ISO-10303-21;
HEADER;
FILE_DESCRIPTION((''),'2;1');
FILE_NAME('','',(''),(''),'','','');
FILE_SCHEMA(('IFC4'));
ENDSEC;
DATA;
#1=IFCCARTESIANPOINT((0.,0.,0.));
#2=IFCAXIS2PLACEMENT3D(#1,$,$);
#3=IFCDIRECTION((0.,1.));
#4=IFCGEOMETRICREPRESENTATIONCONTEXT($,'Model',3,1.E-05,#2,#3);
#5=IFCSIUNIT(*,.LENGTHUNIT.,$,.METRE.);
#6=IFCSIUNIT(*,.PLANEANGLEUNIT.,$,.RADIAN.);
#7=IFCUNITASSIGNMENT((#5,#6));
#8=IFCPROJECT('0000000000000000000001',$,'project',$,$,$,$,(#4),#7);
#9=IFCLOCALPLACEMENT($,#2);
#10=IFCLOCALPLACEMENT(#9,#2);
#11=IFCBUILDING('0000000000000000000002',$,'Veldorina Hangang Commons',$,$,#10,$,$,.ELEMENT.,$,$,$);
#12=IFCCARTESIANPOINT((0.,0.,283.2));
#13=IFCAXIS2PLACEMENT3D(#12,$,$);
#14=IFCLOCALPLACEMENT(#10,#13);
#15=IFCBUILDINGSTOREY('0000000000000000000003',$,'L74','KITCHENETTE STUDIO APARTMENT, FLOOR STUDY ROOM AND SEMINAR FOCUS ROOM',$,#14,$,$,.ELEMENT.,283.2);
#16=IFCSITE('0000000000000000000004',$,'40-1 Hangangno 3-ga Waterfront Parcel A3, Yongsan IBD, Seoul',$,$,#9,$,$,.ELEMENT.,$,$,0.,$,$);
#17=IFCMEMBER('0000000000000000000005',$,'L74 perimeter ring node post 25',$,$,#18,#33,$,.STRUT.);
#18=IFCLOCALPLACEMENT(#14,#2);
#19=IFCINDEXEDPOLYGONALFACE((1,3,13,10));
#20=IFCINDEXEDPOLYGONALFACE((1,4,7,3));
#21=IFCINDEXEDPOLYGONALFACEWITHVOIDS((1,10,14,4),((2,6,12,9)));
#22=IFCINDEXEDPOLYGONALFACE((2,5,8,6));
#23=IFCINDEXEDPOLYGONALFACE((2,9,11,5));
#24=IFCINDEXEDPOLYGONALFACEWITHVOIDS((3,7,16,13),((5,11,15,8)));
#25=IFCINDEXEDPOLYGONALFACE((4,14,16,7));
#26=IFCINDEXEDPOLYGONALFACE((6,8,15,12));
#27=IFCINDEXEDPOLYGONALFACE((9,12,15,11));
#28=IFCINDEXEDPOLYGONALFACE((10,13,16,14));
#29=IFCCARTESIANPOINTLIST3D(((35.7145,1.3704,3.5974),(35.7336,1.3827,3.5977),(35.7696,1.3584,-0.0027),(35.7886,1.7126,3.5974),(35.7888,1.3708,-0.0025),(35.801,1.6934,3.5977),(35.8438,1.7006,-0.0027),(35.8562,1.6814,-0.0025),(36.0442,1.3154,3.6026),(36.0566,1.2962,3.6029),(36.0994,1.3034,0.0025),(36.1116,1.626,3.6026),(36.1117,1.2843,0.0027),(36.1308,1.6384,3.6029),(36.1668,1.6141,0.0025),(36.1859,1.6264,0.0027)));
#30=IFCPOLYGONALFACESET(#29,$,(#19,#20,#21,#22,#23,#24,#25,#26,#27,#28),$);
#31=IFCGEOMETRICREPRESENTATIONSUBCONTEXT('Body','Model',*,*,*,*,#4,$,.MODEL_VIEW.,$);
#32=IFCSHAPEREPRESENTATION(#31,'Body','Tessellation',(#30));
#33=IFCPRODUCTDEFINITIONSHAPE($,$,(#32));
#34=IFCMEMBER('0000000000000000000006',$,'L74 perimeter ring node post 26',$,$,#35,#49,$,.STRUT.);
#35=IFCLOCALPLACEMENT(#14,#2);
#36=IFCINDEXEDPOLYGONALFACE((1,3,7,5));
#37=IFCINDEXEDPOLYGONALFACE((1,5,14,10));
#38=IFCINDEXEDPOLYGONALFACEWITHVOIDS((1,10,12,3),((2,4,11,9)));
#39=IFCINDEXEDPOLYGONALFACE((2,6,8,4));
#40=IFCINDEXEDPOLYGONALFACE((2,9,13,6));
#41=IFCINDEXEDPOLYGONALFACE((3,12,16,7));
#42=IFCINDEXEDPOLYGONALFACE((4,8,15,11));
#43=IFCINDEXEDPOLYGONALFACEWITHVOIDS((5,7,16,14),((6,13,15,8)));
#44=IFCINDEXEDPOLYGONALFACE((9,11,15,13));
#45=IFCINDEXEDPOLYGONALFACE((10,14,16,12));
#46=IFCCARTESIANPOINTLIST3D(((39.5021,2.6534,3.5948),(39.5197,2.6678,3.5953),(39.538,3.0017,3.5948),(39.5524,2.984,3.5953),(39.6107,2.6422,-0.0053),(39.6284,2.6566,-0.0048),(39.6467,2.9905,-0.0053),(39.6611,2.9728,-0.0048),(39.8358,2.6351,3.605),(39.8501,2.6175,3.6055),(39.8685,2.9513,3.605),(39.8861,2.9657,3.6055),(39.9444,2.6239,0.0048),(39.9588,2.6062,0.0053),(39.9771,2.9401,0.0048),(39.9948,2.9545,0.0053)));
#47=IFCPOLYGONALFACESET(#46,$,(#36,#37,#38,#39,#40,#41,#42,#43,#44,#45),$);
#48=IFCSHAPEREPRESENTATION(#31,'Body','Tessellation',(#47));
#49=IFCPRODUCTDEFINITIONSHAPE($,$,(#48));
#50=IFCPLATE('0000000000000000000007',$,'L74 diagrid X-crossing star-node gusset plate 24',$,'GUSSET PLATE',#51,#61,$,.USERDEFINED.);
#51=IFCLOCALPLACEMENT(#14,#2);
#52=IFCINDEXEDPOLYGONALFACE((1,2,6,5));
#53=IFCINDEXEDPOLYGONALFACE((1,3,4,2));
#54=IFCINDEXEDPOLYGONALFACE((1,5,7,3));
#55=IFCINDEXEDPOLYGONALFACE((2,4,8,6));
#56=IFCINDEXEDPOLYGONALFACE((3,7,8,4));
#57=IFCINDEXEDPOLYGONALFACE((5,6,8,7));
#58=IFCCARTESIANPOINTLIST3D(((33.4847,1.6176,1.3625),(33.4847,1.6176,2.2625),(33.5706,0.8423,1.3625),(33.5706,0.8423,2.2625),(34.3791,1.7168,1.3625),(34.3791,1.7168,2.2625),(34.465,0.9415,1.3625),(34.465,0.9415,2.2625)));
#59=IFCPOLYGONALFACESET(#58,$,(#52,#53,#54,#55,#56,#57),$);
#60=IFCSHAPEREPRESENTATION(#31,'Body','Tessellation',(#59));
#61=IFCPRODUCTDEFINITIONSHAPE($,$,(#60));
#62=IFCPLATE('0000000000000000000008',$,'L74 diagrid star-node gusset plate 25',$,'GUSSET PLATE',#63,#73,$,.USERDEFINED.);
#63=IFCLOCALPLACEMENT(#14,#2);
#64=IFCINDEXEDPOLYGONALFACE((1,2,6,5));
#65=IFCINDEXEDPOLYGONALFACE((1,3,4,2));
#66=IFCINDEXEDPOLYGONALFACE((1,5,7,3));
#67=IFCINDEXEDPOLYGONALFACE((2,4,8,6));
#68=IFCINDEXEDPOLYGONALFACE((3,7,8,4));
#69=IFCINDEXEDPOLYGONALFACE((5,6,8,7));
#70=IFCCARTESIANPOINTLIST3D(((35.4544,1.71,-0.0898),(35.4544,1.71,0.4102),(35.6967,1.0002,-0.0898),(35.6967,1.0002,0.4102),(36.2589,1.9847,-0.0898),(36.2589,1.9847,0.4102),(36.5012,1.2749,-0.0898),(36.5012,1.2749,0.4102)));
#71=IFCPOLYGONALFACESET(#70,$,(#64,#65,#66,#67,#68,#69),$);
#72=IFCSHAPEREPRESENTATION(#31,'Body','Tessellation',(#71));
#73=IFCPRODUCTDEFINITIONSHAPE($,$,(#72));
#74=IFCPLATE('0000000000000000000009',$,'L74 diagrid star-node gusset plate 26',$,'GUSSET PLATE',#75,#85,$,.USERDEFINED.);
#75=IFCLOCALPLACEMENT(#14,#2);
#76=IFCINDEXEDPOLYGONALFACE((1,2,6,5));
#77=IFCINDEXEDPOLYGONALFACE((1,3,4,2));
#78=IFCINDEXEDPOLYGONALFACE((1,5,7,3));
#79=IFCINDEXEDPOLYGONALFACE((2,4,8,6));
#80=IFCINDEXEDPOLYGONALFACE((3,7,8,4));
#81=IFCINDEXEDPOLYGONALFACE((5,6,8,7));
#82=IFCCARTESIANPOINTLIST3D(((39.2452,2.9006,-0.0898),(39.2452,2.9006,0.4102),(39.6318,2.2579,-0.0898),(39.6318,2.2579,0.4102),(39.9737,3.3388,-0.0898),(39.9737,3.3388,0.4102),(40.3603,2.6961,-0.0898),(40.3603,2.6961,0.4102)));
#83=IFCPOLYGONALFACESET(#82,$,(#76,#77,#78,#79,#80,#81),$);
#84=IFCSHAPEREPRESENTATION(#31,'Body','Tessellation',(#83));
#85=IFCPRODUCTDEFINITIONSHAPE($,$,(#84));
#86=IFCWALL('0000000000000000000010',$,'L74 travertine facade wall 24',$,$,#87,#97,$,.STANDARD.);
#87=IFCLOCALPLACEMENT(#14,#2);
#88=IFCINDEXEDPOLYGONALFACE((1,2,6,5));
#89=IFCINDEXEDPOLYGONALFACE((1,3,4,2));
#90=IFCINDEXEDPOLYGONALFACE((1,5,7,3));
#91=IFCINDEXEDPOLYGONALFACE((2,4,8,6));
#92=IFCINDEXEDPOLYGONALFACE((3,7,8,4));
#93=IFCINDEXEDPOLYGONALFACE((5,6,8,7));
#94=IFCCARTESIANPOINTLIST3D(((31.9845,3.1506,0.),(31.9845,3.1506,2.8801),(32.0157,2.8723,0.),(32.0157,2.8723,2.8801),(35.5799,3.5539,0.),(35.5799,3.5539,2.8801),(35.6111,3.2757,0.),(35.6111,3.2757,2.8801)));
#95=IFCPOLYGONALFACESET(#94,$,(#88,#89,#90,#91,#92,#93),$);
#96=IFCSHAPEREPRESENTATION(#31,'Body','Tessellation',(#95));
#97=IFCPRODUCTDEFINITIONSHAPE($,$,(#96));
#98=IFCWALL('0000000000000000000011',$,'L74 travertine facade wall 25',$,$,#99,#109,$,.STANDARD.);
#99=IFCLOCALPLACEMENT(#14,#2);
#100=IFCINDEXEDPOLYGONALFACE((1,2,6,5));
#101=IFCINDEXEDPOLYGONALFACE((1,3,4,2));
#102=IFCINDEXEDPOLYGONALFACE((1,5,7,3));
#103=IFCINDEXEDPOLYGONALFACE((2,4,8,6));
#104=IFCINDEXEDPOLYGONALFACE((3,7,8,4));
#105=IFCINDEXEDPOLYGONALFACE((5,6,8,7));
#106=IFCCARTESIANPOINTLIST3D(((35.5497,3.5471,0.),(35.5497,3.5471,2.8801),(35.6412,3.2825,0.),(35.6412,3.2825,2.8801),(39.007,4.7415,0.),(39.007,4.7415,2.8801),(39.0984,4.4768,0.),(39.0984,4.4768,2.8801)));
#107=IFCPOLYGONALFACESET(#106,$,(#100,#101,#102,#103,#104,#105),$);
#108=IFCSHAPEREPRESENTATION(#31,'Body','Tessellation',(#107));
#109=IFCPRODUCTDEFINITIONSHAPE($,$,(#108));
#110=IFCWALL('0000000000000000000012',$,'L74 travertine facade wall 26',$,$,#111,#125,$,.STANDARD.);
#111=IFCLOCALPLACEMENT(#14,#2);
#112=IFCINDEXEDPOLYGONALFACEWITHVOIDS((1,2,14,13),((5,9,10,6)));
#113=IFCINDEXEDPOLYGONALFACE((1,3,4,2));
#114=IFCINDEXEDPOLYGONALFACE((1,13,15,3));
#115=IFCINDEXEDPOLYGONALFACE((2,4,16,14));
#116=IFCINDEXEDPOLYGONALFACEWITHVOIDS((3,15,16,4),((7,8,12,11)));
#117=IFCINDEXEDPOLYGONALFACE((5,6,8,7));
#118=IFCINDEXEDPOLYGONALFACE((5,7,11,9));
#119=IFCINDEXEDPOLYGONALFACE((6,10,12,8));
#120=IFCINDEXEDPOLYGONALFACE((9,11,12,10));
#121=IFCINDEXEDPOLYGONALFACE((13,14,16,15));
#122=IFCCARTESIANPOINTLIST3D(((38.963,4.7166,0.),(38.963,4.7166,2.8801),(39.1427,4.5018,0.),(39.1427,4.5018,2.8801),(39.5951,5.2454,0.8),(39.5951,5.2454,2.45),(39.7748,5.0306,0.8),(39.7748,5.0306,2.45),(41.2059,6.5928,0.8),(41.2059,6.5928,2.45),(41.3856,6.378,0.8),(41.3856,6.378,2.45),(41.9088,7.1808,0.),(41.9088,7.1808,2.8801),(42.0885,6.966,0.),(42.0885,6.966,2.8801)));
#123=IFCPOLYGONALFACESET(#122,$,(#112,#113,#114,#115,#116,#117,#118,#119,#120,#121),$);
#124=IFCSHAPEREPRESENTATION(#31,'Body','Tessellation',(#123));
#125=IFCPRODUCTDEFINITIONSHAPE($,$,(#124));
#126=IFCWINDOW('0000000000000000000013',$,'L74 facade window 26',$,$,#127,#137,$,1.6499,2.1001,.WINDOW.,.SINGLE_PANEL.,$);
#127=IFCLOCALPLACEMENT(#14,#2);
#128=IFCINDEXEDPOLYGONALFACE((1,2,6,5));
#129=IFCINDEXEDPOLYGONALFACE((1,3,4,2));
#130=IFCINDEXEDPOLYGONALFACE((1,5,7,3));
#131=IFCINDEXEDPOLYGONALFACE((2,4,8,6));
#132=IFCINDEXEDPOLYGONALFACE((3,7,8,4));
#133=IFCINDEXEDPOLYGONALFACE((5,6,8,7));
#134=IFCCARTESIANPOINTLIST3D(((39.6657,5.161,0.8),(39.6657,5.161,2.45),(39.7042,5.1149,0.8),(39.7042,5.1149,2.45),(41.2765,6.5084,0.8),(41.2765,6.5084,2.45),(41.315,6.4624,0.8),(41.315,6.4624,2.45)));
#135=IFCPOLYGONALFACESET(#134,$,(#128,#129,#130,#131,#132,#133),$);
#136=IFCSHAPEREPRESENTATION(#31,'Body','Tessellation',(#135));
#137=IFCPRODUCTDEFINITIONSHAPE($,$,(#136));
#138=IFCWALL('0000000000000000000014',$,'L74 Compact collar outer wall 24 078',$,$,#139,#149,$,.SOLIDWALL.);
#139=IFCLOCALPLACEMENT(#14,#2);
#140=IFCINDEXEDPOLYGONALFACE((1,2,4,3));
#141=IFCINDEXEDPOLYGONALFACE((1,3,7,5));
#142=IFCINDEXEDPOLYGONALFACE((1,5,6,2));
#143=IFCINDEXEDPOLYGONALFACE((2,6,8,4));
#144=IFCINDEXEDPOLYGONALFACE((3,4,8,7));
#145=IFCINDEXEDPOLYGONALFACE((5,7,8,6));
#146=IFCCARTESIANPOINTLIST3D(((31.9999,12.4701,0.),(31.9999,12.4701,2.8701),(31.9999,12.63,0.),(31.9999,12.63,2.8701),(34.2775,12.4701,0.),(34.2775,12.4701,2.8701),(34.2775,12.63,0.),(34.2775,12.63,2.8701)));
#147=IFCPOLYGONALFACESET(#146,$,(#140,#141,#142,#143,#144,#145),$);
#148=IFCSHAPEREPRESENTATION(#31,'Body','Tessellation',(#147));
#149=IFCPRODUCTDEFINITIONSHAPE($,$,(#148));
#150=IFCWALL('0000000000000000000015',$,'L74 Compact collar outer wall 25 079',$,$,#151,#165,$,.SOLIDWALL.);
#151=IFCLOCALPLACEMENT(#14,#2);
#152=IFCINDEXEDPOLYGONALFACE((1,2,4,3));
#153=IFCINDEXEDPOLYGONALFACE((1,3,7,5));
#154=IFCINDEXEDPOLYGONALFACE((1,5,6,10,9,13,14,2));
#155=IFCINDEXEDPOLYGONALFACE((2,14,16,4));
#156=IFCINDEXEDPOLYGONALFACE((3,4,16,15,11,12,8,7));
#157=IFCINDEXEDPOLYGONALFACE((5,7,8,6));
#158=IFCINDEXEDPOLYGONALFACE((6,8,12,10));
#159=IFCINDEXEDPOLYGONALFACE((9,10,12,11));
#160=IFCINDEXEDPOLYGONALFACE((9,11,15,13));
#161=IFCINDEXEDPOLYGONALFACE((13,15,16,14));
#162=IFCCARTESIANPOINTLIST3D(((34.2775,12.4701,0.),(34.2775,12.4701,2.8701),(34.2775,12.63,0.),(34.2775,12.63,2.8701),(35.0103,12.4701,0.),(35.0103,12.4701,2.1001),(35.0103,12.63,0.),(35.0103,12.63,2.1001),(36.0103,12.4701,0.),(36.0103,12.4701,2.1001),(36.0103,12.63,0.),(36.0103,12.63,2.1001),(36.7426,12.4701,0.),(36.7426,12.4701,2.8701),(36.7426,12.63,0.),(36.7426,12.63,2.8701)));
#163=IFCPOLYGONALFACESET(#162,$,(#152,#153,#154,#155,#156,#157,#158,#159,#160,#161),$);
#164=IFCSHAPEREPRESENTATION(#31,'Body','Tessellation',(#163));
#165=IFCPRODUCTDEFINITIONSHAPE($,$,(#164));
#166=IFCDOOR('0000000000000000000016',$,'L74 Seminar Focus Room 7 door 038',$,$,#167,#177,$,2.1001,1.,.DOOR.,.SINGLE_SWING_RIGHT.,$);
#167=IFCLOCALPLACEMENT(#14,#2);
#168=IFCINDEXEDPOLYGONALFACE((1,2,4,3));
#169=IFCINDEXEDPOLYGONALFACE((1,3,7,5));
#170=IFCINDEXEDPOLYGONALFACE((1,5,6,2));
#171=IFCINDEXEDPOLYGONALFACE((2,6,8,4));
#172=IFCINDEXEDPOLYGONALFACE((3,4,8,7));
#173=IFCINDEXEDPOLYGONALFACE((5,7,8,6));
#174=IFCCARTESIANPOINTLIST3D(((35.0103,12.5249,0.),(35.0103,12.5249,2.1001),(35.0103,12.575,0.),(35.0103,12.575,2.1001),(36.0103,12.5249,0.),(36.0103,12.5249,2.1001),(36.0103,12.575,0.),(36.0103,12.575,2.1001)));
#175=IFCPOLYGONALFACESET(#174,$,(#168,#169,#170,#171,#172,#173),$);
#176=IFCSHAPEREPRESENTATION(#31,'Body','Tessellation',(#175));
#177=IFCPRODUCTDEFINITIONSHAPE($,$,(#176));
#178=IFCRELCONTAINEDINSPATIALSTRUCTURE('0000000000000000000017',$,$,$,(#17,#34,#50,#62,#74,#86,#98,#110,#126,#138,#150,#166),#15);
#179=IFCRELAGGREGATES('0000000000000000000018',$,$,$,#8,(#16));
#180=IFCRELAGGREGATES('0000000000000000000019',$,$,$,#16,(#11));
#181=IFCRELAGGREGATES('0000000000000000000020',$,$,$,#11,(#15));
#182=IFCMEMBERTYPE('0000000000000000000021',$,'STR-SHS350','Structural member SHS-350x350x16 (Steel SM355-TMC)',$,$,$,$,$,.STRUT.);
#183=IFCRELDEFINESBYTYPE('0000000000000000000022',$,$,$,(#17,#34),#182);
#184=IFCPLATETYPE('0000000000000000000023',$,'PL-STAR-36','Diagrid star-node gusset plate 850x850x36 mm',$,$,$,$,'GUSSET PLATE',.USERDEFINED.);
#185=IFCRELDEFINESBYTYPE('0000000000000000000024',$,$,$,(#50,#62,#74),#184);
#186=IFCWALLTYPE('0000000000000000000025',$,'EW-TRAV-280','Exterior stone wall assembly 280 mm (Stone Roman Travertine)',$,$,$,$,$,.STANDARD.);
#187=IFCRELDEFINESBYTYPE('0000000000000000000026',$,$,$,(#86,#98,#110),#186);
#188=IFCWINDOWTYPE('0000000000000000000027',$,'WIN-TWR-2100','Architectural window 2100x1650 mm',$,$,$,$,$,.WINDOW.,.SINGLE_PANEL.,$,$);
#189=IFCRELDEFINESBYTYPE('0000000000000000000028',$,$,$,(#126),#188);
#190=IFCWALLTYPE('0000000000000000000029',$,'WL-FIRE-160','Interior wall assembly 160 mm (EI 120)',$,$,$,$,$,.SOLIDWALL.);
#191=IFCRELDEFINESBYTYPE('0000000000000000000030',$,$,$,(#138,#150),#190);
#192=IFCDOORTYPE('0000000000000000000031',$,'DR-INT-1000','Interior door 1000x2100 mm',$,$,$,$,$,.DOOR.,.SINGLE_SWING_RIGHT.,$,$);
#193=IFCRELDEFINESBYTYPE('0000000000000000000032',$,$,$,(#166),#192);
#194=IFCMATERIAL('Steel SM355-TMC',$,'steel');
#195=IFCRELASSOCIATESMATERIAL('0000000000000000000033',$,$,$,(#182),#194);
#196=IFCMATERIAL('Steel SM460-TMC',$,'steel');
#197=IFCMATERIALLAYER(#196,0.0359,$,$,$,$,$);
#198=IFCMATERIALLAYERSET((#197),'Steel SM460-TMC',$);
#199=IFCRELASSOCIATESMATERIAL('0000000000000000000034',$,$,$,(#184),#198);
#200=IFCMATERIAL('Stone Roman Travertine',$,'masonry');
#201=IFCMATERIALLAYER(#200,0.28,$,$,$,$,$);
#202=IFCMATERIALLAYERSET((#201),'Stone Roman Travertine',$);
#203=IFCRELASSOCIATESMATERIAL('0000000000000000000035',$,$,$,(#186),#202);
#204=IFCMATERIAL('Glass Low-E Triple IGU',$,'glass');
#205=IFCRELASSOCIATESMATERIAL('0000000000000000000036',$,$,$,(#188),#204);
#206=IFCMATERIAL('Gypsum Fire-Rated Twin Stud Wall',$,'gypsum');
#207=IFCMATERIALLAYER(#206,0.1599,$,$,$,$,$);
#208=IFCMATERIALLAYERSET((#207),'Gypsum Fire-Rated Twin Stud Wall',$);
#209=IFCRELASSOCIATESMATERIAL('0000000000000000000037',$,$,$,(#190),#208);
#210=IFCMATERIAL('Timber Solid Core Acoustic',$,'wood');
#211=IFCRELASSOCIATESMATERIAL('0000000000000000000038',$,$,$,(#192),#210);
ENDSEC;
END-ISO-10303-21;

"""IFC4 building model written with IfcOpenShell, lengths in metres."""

from ifc_helpers import new_model, si_unit, direction, frame, frame_2d, origin, origin_2d, place, context, subcontext, project, spatial, rectangle, hollow_rectangle, extrude, material, layer, layer_set, material_profile, profile_set, type_object, element, fill, save


model = new_model("IFC4")

# Units and contexts
model_context = context("Model", 3, precision=1e-05, world=origin(), true_north=direction((0.0, 1.0)))
body_context = subcontext(model_context, "Body", "Model", "MODEL_VIEW")
ifc_project = project(units=[si_unit("LENGTHUNIT", "METRE"), si_unit("PLANEANGLEUNIT", "RADIAN")], contexts=[model_context])

# Site, building, storey
site_placement = place(None, origin())
site = spatial("IfcSite", under=ifc_project, at=site_placement, Name="40-1 Hangangno 3-ga Waterfront Parcel A3, Yongsan IBD, Seoul", CompositionType="ELEMENT", RefElevation=0.0)
building_placement = place(site_placement, origin())
building = spatial("IfcBuilding", under=site, at=building_placement, Name="Veldorina Hangang Commons", CompositionType="ELEMENT")
storey_placement = place(building_placement, frame((0.0, 0.0, 283.2)))
storey = spatial("IfcBuildingStorey", under=building, at=storey_placement, Name="L74", Description="KITCHENETTE STUDIO APARTMENT, FLOOR STUDY ROOM AND SEMINAR FOCUS ROOM", CompositionType="ELEMENT", Elevation=283.2)

# Shared definitions
ifc_material_1 = material(Name="Steel SM355-TMC", Category="steel")

# Members
ifc_material_profile_1 = material_profile(ifc_material_1, hollow_rectangle(XDim=0.3501, YDim=0.3501, WallThickness=0.0161, at=origin_2d()), Name="SHS-350x350x16")
ifc_profile_set_1 = profile_set([ifc_material_profile_1], Name="Steel SM355-TMC")
member_type_1 = type_object("IfcMemberType", Name="STR-SHS350", Description="Structural member SHS-350x350x16 (Steel SM355-TMC)", PredefinedType="STRUT", material=ifc_profile_set_1)
member_1_placement = place(storey_placement, frame((35.9778, 1.4924, 0.0), z_axis=(-0.015324, 0.003323, 0.999877), x_axis=(-0.211891, -0.977293, 0.0)))
element("IfcMember", 1, at=member_1_placement, inside=storey, type_object=member_type_1, Name="L74 perimeter ring node post 25", PredefinedType="STRUT", context=body_context, shape_type="SweptSolid", body=[
    extrude(hollow_rectangle(XDim=0.3501, YDim=0.3501, WallThickness=0.0161, at=origin_2d()), origin(), (0.0, 0.0, 1.0), 3.6006),
])
member_2_placement = place(storey_placement, frame((39.8027, 2.7983, 0.0), z_axis=(-0.030164, 0.003118, 0.99954), x_axis=(-0.102823, -0.9947, 0.0)))
element("IfcMember", 2, at=member_2_placement, inside=storey, type_object=member_type_1, Name="L74 perimeter ring node post 26", PredefinedType="STRUT", context=body_context, shape_type="SweptSolid", body=[
    extrude(hollow_rectangle(XDim=0.3501, YDim=0.3501, WallThickness=0.0161, at=origin_2d()), origin(), (0.0, 0.0, 1.0), 3.6018),
])

# Plates
ifc_material_2 = material(Name="Steel SM460-TMC", Category="steel")
ifc_layer_1 = layer(ifc_material_2, 0.0359)
ifc_layer_set_1 = layer_set([ifc_layer_1], Name="Steel SM460-TMC")
plate_type = type_object("IfcPlateType", Name="PL-STAR-36", Description="Diagrid star-node gusset plate 850x850x36 mm", ElementType="GUSSET PLATE", PredefinedType="USERDEFINED", material=ifc_layer_set_1)
plate_placement = place(storey_placement, frame((33.9749, 1.2795, 1.3625), z_axis=(0.0, 0.0, 1.0), x_axis=(0.993913, 0.110168, 0.0)))
element("IfcPlate", 3, at=plate_placement, inside=storey, type_object=plate_type, Name="L74 diagrid X-crossing star-node gusset plate 24", ObjectType="GUSSET PLATE", PredefinedType="USERDEFINED", context=body_context, shape_type="SweptSolid", body=[
    extrude(rectangle(XDim=0.8999, YDim=0.78, at=origin_2d()), origin(), (0.0, 0.0, 1.0), 0.8999),
])
for number, where, z_axis, x_axis, name in (
    (4, (35.9778, 1.4924, -0.0898), (0.0, 0.0, 1.0), (0.946356, 0.323125, 0.0), "L74 diagrid star-node gusset plate 25"),
    (5, (39.8027, 2.7983, -0.0898), (0.0, 0.0, 1.0), (0.856898, 0.515487, 0.0), "L74 diagrid star-node gusset plate 26"),
):
    element("IfcPlate", number, at=place(storey_placement, frame(where, z_axis=z_axis, x_axis=x_axis)), inside=storey, type_object=plate_type, Name=name, ObjectType="GUSSET PLATE", PredefinedType="USERDEFINED", context=body_context, shape_type="SweptSolid", body=[
        extrude(rectangle(XDim=0.8501, YDim=0.75, at=origin_2d()), origin(), (0.0, 0.0, 1.0), 0.5),
    ])

# Walls
ifc_material_3 = material(Name="Stone Roman Travertine", Category="masonry")
ifc_layer_2 = layer(ifc_material_3, 0.28)
ifc_layer_set_2 = layer_set([ifc_layer_2], Name="Stone Roman Travertine")
wall_type_1 = type_object("IfcWallType", Name="EW-TRAV-280", Description="Exterior stone wall assembly 280 mm (Stone Roman Travertine)", PredefinedType="STANDARD", material=ifc_layer_set_2)
wall_1_placement = place(storey_placement, frame((32.0, 3.0115, 0.0), z_axis=(0.0, 0.0, 1.0), x_axis=(0.993767, 0.111476, 0.0)))
element("IfcWall", 6, at=wall_1_placement, inside=storey, type_object=wall_type_1, Name="L74 travertine facade wall 24", PredefinedType="STANDARD", context=body_context, shape_type="SweptSolid", body=[
    extrude(rectangle(XDim=3.6179, YDim=0.28, at=frame_2d((1.8091, 0.0))), origin(), (0.0, 0.0, 1.0), 2.8801),
])
wall_2_placement = place(storey_placement, frame((35.5955, 3.4148, 0.0), z_axis=(0.0, 0.0, 1.0), x_axis=(0.94519, 0.326521, 0.0)))
element("IfcWall", 7, at=wall_2_placement, inside=storey, type_object=wall_type_1, Name="L74 travertine facade wall 25", PredefinedType="STANDARD", context=body_context, shape_type="SweptSolid", body=[
    extrude(rectangle(XDim=3.6577, YDim=0.28, at=frame_2d((1.8289, 0.0))), origin(), (0.0, 0.0, 1.0), 2.8801),
])

# Wall, opening, window
wall_3_placement = place(storey_placement, frame((39.0527, 4.6091, 0.0), z_axis=(0.0, 0.0, 1.0), x_axis=(0.767032, 0.641609, 0.0)))
wall_3 = element("IfcWall", 8, at=wall_3_placement, inside=storey, type_object=wall_type_1, Name="L74 travertine facade wall 26", PredefinedType="STANDARD", context=body_context, shape_type="SweptSolid", body=[
    extrude(rectangle(XDim=3.8406, YDim=0.28, at=frame_2d((1.9204, 0.0))), origin(), (0.0, 0.0, 1.0), 2.8801),
])
opening_1_placement = place(wall_3_placement, frame((0.8242, 0.0, 0.8)))
opening_1 = element("IfcOpeningElement", 9, at=opening_1_placement, cuts=wall_3, PredefinedType="OPENING", context=body_context, shape_type="SweptSolid", body=[
    extrude(rectangle(XDim=2.1001, YDim=1.6499, at=frame_2d((1.05, 0.825))), frame((0.0, 0.1499, 0.0), z_axis=(0.0, -1.0, 0.0), x_axis=(1.0, 0.0, 0.0)), (0.0, 0.0, 1.0), 0.3),
])
ifc_material_4 = material(Name="Glass Low-E Triple IGU", Category="glass")
window_type = type_object("IfcWindowType", Name="WIN-TWR-2100", Description="Architectural window 2100x1650 mm", PartitioningType="SINGLE_PANEL", PredefinedType="WINDOW", material=ifc_material_4)
window_placement = place(opening_1_placement, origin())
window = element("IfcWindow", 10, at=window_placement, inside=storey, type_object=window_type, Name="L74 facade window 26", OverallHeight=1.6499, OverallWidth=2.1001, PartitioningType="SINGLE_PANEL", PredefinedType="WINDOW", context=body_context, shape_type="SweptSolid", body=[
    extrude(rectangle(XDim=2.1001, YDim=1.6499, at=frame_2d((1.05, 0.825))), frame((0.0, 0.03, 0.0), z_axis=(0.0, -1.0, 0.0), x_axis=(1.0, 0.0, 0.0)), (0.0, 0.0, 1.0), 0.0601),
])
fill(opening_1, window)

# Wall
ifc_material_5 = material(Name="Gypsum Fire-Rated Twin Stud Wall", Category="gypsum")
ifc_layer_3 = layer(ifc_material_5, 0.1599)
ifc_layer_set_3 = layer_set([ifc_layer_3], Name="Gypsum Fire-Rated Twin Stud Wall")
wall_type_2 = type_object("IfcWallType", Name="WL-FIRE-160", Description="Interior wall assembly 160 mm (EI 120)", PredefinedType="SOLIDWALL", material=ifc_layer_set_3)
wall_4_placement = place(storey_placement, frame((32.0, 12.55, 0.0), z_axis=(0.0, 0.0, 1.0), x_axis=(1.0, 0.0, 0.0)))
element("IfcWall", 11, at=wall_4_placement, inside=storey, type_object=wall_type_2, Name="L74 Compact collar outer wall 24 078", PredefinedType="SOLIDWALL", context=body_context, shape_type="SweptSolid", body=[
    extrude(rectangle(XDim=2.2776, YDim=0.1599, at=frame_2d((1.1387, 0.0))), origin(), (0.0, 0.0, 1.0), 2.8701),
])

# Wall, opening, door
wall_5_placement = place(storey_placement, frame((34.2776, 12.55, 0.0), z_axis=(0.0, 0.0, 1.0), x_axis=(1.0, 0.0, 0.0)))
wall_5 = element("IfcWall", 12, at=wall_5_placement, inside=storey, type_object=wall_type_2, Name="L74 Compact collar outer wall 25 079", PredefinedType="SOLIDWALL", context=body_context, shape_type="SweptSolid", body=[
    extrude(rectangle(XDim=2.4651, YDim=0.1599, at=frame_2d((1.2324, 0.0))), origin(), (0.0, 0.0, 1.0), 2.8701),
])
opening_2_placement = place(wall_5_placement, frame((0.7327, 0.0, 0.0)))
opening_2 = element("IfcOpeningElement", 13, at=opening_2_placement, cuts=wall_5, PredefinedType="OPENING", context=body_context, shape_type="SweptSolid", body=[
    extrude(rectangle(XDim=1.0, YDim=2.1001, at=frame_2d((0.5, 1.05))), frame((0.0, 0.0898, 0.0), z_axis=(0.0, -1.0, 0.0), x_axis=(1.0, 0.0, 0.0)), (0.0, 0.0, 1.0), 0.1799),
])
ifc_material_6 = material(Name="Timber Solid Core Acoustic", Category="wood")
door_type_1 = type_object("IfcDoorType", Name="DR-INT-1000", Description="Interior door 1000x2100 mm", OperationType="SINGLE_SWING_RIGHT", PredefinedType="DOOR", material=ifc_material_6)
door_1_placement = place(opening_2_placement, origin())
door_1 = element("IfcDoor", 14, at=door_1_placement, inside=storey, type_object=door_type_1, Name="L74 Seminar Focus Room 7 door 038", OperationType="SINGLE_SWING_RIGHT", OverallHeight=2.1001, OverallWidth=1.0, PredefinedType="DOOR", context=body_context, shape_type="SweptSolid", body=[
    extrude(rectangle(XDim=1.0, YDim=2.1001, at=frame_2d((0.5, 1.05))), frame((0.0, 0.0249, 0.0), z_axis=(0.0, -1.0, 0.0), x_axis=(1.0, 0.0, 0.0)), (0.0, 0.0, 1.0), 0.05),
])
fill(opening_2, door_1)

save(model, "model.ifc")
